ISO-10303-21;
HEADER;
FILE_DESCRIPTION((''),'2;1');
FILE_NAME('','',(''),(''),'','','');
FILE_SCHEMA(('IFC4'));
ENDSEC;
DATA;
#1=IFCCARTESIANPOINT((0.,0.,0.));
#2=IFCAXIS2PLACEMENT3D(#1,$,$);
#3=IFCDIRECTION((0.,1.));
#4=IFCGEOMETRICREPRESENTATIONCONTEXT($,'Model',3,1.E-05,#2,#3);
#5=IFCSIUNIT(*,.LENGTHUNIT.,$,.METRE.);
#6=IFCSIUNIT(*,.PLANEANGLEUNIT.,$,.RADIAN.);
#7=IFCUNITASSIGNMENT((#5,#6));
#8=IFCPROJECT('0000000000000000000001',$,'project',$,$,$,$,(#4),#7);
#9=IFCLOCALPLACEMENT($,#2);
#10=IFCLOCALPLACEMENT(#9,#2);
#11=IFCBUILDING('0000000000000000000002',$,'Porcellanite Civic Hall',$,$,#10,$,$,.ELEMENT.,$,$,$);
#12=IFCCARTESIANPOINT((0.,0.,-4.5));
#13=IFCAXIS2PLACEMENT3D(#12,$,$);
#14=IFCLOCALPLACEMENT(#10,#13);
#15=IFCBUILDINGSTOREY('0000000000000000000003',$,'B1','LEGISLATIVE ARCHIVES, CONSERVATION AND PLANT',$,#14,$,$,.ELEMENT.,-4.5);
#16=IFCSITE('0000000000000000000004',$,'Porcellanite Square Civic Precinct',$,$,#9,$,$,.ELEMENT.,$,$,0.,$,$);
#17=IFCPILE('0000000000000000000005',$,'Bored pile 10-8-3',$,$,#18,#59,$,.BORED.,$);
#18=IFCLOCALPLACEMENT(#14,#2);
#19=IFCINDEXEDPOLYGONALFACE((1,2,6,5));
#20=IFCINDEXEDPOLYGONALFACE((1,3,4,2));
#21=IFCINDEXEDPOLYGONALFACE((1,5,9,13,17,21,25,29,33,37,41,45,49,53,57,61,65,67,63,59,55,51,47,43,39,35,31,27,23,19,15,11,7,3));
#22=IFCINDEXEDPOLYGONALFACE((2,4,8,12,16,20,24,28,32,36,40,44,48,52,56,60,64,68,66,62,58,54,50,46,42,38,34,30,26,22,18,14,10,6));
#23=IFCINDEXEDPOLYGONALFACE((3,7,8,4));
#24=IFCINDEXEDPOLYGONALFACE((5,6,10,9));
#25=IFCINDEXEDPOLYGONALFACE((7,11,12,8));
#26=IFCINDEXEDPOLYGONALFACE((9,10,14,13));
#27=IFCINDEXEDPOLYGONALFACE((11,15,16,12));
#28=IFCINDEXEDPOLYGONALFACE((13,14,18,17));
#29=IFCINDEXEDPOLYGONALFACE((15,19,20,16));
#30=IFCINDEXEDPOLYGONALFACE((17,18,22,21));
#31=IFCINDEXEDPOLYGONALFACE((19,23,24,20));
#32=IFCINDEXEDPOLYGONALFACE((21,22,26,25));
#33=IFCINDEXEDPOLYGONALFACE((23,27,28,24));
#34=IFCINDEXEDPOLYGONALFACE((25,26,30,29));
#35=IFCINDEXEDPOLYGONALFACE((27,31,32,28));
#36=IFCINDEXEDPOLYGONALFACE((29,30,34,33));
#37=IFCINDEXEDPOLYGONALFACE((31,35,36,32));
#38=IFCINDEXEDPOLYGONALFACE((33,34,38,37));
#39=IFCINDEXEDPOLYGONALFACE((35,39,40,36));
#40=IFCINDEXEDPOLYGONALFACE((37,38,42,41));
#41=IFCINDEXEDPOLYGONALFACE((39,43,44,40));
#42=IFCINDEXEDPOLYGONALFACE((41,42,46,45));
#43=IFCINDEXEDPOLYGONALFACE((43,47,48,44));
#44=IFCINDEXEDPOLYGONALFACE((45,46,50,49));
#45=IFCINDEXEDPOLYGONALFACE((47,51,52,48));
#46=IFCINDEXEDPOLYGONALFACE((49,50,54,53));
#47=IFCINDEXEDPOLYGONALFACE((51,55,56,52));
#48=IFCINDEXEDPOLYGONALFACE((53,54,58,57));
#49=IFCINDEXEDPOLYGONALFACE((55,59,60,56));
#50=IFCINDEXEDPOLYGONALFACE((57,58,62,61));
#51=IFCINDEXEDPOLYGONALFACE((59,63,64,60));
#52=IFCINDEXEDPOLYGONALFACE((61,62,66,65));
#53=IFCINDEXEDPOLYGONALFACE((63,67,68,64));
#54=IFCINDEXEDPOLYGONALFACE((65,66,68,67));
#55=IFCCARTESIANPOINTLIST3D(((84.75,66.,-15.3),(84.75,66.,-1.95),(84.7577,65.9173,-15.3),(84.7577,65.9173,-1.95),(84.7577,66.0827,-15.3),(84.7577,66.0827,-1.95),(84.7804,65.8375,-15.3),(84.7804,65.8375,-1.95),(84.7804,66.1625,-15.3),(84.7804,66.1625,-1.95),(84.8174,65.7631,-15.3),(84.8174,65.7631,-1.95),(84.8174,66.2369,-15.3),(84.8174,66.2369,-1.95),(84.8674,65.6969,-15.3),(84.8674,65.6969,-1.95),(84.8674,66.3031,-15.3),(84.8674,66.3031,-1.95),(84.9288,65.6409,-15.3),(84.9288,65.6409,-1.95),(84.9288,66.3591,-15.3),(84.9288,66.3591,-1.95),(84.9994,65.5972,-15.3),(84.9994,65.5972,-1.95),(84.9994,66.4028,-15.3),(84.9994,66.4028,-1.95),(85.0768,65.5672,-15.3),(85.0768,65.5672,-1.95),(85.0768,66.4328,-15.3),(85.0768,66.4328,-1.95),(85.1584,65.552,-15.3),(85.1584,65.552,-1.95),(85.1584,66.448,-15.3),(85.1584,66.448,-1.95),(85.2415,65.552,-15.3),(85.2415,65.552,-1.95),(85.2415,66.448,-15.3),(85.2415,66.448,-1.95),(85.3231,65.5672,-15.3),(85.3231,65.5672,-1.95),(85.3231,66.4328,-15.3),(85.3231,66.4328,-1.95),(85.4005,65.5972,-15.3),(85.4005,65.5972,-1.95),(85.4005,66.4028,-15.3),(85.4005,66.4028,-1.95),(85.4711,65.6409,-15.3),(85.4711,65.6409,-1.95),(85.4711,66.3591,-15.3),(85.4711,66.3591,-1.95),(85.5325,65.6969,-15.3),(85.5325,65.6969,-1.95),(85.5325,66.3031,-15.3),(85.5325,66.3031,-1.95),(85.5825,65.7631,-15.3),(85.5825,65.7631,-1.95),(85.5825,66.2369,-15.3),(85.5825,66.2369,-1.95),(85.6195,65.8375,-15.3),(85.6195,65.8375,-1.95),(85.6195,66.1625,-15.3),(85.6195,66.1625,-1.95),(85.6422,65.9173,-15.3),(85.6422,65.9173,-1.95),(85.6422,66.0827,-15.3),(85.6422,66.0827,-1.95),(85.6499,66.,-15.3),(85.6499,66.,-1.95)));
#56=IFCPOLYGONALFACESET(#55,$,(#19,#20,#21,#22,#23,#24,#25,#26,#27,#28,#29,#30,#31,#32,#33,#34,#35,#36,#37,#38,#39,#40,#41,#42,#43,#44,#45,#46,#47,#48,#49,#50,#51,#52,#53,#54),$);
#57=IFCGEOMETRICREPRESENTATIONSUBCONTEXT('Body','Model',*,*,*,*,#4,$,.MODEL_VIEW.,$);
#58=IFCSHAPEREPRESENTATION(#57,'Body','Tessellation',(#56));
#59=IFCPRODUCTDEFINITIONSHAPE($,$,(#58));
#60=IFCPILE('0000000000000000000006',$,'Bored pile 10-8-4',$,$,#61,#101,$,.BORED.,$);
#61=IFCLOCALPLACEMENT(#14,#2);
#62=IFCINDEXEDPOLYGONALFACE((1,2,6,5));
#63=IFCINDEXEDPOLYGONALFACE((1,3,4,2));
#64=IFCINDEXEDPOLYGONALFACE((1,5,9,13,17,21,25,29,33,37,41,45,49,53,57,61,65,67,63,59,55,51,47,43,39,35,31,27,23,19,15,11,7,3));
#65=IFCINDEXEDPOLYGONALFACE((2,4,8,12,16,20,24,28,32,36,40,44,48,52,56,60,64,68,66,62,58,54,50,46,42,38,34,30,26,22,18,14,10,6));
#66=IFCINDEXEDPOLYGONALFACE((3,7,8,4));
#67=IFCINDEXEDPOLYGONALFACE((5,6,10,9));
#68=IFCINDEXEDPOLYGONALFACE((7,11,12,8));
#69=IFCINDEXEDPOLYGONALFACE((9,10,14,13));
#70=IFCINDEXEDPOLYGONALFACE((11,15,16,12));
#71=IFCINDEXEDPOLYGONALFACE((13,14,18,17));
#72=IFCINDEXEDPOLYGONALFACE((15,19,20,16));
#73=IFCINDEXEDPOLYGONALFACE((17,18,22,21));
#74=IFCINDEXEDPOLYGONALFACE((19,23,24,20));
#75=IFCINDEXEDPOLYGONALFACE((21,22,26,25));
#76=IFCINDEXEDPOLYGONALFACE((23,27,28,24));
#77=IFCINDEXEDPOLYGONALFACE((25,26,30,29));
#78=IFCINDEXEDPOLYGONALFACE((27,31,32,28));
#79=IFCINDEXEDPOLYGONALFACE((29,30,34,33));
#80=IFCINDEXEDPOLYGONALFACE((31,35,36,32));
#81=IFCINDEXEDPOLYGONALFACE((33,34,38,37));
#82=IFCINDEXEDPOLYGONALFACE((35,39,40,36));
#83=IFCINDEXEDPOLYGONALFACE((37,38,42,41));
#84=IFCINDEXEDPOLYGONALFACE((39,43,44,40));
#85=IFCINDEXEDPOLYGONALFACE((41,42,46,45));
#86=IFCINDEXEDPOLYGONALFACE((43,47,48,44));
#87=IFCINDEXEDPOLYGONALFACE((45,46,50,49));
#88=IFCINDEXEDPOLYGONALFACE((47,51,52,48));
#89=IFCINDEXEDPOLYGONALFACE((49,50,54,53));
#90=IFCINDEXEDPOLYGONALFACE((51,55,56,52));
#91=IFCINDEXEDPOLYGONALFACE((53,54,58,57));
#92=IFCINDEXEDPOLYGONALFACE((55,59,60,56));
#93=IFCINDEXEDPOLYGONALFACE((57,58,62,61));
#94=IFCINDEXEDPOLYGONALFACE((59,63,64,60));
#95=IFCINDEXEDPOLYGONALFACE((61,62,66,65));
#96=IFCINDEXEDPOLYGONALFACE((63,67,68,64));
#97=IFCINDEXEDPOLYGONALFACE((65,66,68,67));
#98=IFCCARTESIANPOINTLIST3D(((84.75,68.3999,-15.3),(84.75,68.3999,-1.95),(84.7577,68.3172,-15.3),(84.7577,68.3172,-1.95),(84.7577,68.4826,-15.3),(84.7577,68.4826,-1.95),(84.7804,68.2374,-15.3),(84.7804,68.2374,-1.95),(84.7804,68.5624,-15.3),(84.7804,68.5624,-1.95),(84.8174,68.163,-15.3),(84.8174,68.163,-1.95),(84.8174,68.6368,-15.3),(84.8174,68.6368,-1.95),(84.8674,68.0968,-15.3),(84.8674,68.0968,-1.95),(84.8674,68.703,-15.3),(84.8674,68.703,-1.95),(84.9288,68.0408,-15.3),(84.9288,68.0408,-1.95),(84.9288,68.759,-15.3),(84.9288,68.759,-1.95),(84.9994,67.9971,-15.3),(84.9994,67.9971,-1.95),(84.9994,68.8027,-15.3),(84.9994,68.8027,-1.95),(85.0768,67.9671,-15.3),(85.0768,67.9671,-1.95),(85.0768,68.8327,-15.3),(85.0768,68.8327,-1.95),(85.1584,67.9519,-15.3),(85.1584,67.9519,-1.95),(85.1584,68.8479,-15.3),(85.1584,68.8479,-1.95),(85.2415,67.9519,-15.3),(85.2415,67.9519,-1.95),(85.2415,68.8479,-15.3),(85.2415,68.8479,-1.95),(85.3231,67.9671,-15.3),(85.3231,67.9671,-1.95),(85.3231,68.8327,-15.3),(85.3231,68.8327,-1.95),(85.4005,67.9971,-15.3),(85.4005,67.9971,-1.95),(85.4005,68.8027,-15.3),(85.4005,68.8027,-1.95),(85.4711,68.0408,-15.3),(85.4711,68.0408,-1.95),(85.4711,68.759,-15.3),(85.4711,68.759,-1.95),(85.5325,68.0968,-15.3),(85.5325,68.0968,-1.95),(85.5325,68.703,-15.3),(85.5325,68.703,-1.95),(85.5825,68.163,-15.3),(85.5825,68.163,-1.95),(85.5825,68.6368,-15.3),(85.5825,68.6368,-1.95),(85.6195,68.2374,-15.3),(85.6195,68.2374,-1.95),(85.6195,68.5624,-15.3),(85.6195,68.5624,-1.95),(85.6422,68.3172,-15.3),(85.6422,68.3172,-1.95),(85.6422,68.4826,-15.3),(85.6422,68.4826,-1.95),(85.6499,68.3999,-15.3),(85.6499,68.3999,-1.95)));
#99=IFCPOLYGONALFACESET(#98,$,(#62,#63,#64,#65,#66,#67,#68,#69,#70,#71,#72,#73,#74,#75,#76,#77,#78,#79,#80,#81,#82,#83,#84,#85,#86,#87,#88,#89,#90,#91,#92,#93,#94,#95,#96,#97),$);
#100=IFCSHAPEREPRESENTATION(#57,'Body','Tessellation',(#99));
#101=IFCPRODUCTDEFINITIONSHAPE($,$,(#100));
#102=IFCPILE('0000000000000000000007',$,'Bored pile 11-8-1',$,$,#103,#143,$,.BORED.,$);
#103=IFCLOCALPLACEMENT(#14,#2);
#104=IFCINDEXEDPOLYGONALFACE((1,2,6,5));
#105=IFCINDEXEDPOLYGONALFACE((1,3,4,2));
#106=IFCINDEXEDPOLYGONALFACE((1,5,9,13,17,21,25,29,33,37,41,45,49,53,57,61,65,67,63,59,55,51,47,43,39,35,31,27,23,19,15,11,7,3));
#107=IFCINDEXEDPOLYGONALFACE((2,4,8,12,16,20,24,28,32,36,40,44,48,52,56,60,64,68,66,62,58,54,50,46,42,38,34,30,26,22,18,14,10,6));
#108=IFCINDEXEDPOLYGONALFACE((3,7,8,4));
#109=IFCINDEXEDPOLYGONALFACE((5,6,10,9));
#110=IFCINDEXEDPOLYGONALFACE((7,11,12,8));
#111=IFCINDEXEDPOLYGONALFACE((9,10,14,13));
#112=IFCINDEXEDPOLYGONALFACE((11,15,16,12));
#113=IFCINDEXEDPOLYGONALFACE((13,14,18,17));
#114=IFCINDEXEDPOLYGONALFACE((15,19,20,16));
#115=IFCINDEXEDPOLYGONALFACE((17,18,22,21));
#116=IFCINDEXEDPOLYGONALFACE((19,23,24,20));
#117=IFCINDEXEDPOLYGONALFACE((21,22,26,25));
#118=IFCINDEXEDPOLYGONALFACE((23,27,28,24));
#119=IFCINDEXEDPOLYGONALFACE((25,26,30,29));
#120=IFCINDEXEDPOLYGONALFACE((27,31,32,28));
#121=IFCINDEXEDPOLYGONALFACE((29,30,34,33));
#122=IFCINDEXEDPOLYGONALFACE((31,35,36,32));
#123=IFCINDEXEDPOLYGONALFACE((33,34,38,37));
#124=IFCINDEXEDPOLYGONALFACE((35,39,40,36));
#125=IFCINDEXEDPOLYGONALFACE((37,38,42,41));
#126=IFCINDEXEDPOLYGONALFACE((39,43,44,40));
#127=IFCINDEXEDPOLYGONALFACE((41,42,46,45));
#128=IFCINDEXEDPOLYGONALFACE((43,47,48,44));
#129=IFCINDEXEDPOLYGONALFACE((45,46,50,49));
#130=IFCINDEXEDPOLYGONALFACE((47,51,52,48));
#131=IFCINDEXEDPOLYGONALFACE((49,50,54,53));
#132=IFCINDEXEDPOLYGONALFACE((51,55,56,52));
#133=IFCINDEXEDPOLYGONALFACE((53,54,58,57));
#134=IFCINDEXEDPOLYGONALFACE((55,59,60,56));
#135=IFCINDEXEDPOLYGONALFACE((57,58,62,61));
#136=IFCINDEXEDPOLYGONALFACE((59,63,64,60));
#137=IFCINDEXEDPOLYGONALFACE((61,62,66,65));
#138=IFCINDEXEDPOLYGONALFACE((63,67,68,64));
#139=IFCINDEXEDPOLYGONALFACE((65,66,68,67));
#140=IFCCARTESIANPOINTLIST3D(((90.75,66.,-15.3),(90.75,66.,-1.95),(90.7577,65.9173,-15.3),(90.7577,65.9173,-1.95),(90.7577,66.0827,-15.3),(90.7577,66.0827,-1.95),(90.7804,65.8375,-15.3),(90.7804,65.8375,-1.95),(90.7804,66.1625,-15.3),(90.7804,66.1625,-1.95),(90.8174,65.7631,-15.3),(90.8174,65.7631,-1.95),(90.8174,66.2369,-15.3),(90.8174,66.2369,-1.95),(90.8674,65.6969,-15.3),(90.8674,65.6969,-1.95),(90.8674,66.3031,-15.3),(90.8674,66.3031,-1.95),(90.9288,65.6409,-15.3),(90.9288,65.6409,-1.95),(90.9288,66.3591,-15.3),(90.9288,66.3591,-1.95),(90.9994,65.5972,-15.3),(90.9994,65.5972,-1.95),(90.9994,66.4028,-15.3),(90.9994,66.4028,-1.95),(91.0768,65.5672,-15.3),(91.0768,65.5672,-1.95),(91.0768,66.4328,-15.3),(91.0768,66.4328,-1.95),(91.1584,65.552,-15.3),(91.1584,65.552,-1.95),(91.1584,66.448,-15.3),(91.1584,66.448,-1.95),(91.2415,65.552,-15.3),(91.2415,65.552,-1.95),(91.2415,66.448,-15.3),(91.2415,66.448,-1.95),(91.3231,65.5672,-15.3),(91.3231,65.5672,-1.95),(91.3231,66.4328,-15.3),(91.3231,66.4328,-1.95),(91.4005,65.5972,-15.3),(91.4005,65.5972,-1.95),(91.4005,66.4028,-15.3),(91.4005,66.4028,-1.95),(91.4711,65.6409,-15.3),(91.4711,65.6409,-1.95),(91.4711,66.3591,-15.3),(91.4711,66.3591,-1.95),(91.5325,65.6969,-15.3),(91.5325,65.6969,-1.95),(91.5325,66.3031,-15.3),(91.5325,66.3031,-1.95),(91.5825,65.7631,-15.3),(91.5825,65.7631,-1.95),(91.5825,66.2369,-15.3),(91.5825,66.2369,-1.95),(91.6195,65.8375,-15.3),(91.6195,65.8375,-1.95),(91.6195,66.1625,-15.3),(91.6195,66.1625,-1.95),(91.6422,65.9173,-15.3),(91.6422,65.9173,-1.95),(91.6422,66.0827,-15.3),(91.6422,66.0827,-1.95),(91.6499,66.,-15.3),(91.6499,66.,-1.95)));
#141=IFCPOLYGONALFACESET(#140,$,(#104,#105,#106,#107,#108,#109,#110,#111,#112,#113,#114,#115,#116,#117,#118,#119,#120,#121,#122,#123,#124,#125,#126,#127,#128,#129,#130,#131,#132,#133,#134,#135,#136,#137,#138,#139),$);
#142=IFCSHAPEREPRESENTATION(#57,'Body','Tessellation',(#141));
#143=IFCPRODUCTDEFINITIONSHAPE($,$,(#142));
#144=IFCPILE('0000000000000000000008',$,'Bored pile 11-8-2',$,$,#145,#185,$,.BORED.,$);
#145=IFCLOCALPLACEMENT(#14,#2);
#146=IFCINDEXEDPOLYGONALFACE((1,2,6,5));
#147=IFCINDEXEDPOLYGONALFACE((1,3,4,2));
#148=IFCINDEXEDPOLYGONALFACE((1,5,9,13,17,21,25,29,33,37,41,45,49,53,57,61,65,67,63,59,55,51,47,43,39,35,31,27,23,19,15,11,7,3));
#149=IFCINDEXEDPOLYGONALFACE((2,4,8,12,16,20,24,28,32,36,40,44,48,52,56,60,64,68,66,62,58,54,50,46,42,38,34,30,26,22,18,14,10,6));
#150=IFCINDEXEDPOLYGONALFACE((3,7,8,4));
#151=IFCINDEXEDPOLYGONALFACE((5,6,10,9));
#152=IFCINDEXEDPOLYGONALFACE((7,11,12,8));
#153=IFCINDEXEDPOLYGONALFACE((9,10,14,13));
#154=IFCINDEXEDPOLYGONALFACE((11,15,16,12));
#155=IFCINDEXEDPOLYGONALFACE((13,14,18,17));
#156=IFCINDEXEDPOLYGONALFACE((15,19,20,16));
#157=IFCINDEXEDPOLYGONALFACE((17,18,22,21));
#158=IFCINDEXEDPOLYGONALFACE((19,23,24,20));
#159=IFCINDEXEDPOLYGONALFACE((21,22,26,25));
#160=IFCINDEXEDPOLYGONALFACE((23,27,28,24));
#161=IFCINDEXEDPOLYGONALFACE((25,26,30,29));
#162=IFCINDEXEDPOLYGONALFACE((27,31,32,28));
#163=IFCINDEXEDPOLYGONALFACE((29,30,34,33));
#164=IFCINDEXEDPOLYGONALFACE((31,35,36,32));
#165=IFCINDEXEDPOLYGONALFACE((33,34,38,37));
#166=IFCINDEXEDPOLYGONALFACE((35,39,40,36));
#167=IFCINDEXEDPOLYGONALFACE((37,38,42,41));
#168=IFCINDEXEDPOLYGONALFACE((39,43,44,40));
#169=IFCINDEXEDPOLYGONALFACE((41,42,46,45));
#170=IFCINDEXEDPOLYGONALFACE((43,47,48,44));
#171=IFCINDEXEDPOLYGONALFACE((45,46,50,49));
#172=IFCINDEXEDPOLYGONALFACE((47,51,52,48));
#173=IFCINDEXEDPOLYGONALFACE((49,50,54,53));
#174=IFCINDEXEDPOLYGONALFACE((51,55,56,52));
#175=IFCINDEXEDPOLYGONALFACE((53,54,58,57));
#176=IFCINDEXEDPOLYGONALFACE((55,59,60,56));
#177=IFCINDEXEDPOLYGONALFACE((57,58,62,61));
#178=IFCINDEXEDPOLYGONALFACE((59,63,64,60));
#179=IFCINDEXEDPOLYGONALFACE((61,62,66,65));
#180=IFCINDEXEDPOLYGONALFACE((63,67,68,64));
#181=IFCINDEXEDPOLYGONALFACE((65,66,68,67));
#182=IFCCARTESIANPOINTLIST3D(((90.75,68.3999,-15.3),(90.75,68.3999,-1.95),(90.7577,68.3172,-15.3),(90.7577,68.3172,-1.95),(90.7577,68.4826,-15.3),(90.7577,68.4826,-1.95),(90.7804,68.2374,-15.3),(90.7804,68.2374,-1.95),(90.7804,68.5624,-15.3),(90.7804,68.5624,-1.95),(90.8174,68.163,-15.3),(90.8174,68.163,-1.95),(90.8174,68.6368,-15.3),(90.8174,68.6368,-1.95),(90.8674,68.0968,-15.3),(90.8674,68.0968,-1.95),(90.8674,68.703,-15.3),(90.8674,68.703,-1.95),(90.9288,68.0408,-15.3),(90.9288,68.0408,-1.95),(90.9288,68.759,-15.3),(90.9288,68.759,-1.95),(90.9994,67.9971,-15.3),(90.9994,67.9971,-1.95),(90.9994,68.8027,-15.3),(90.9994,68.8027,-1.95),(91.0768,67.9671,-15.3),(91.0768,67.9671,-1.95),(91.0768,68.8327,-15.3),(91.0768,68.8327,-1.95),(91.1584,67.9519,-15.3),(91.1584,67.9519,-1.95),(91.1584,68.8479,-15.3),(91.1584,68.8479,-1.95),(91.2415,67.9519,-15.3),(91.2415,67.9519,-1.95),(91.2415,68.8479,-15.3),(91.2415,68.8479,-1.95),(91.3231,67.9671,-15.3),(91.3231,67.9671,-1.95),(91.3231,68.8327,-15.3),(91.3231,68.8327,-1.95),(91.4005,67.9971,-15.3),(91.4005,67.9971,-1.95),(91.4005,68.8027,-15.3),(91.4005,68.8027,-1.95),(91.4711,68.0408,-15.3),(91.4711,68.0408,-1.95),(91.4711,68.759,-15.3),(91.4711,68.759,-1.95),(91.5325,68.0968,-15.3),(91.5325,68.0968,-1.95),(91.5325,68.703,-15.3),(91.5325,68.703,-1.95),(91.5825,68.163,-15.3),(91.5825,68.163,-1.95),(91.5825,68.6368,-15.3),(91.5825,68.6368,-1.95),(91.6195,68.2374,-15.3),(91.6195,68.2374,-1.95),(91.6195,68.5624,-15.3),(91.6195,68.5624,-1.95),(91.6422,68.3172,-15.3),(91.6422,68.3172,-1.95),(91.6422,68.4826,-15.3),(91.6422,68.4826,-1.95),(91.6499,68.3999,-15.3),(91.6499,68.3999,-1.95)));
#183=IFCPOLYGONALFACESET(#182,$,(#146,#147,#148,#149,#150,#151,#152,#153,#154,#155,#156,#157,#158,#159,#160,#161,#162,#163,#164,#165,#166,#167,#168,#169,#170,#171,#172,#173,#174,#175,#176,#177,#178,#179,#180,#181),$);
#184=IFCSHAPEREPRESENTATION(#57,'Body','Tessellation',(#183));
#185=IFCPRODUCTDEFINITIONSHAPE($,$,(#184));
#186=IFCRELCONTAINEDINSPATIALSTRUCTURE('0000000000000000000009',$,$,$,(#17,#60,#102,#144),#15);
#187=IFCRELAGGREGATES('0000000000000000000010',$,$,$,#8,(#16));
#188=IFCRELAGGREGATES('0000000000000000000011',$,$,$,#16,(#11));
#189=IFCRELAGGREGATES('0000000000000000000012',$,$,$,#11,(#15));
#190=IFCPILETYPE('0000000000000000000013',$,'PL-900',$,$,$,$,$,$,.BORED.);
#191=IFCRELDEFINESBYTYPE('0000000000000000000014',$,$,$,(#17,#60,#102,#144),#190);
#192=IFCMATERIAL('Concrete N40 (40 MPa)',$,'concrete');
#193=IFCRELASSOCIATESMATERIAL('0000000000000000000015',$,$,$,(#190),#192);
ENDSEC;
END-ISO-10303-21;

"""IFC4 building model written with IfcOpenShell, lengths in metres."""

from ifc_helpers import new_model, si_unit, direction, frame, origin, origin_2d, place, context, subcontext, project, spatial, circle, extrude, material, material_profile, profile_set, type_object, element, save


model = new_model("IFC4")

# Units and contexts
model_context = context("Model", 3, precision=1e-05, world=origin(), true_north=direction((0.0, 1.0)))
body_context = subcontext(model_context, "Body", "Model", "MODEL_VIEW")
ifc_project = project(units=[si_unit("LENGTHUNIT", "METRE"), si_unit("PLANEANGLEUNIT", "RADIAN")], contexts=[model_context])

# Site, building, storey
site_placement = place(None, origin())
site = spatial("IfcSite", under=ifc_project, at=site_placement, Name="Porcellanite Square Civic Precinct", CompositionType="ELEMENT", RefElevation=0.0)
building_placement = place(site_placement, origin())
building = spatial("IfcBuilding", under=site, at=building_placement, Name="Porcellanite Civic Hall", CompositionType="ELEMENT")
storey_placement = place(building_placement, frame((0.0, 0.0, -4.5)))
storey = spatial("IfcBuildingStorey", under=building, at=storey_placement, Name="B1", Description="LEGISLATIVE ARCHIVES, CONSERVATION AND PLANT", CompositionType="ELEMENT", Elevation=-4.5)

# Piles
ifc_material_1 = material(Name="Concrete N40 (40 MPa)", Category="concrete")
ifc_material_profile_1 = material_profile(ifc_material_1, circle(Radius=0.45, at=origin_2d()), Name="PILE-D900")
ifc_profile_set_1 = profile_set([ifc_material_profile_1], Name="Concrete N40 (40 MPa)")
pile_type_1 = type_object("IfcPileType", Name="PL-900", PredefinedType="BORED", material=ifc_profile_set_1)
for number, where, z_axis, x_axis, name in (
    (1, (85.2, 66.0, -1.95), (0.0, 0.0, -1.0), (1.0, 0.0, 0.0), "Bored pile 10-8-3"),
    (2, (85.2, 68.3999, -1.95), (0.0, 0.0, -1.0), (1.0, 0.0, 0.0), "Bored pile 10-8-4"),
    (3, (91.2, 66.0, -1.95), (0.0, 0.0, -1.0), (1.0, 0.0, 0.0), "Bored pile 11-8-1"),
    (4, (91.2, 68.3999, -1.95), (0.0, 0.0, -1.0), (1.0, 0.0, 0.0), "Bored pile 11-8-2"),
):
    element("IfcPile", number, at=place(storey_placement, frame(where, z_axis=z_axis, x_axis=x_axis)), inside=storey, type_object=pile_type_1, Name=name, PredefinedType="BORED", context=body_context, shape_type="SweptSolid", body=[
        extrude(circle(Radius=0.45, at=origin_2d()), origin(), (0.0, 0.0, 1.0), 13.3501),
    ])

save(model, "model.ifc")
